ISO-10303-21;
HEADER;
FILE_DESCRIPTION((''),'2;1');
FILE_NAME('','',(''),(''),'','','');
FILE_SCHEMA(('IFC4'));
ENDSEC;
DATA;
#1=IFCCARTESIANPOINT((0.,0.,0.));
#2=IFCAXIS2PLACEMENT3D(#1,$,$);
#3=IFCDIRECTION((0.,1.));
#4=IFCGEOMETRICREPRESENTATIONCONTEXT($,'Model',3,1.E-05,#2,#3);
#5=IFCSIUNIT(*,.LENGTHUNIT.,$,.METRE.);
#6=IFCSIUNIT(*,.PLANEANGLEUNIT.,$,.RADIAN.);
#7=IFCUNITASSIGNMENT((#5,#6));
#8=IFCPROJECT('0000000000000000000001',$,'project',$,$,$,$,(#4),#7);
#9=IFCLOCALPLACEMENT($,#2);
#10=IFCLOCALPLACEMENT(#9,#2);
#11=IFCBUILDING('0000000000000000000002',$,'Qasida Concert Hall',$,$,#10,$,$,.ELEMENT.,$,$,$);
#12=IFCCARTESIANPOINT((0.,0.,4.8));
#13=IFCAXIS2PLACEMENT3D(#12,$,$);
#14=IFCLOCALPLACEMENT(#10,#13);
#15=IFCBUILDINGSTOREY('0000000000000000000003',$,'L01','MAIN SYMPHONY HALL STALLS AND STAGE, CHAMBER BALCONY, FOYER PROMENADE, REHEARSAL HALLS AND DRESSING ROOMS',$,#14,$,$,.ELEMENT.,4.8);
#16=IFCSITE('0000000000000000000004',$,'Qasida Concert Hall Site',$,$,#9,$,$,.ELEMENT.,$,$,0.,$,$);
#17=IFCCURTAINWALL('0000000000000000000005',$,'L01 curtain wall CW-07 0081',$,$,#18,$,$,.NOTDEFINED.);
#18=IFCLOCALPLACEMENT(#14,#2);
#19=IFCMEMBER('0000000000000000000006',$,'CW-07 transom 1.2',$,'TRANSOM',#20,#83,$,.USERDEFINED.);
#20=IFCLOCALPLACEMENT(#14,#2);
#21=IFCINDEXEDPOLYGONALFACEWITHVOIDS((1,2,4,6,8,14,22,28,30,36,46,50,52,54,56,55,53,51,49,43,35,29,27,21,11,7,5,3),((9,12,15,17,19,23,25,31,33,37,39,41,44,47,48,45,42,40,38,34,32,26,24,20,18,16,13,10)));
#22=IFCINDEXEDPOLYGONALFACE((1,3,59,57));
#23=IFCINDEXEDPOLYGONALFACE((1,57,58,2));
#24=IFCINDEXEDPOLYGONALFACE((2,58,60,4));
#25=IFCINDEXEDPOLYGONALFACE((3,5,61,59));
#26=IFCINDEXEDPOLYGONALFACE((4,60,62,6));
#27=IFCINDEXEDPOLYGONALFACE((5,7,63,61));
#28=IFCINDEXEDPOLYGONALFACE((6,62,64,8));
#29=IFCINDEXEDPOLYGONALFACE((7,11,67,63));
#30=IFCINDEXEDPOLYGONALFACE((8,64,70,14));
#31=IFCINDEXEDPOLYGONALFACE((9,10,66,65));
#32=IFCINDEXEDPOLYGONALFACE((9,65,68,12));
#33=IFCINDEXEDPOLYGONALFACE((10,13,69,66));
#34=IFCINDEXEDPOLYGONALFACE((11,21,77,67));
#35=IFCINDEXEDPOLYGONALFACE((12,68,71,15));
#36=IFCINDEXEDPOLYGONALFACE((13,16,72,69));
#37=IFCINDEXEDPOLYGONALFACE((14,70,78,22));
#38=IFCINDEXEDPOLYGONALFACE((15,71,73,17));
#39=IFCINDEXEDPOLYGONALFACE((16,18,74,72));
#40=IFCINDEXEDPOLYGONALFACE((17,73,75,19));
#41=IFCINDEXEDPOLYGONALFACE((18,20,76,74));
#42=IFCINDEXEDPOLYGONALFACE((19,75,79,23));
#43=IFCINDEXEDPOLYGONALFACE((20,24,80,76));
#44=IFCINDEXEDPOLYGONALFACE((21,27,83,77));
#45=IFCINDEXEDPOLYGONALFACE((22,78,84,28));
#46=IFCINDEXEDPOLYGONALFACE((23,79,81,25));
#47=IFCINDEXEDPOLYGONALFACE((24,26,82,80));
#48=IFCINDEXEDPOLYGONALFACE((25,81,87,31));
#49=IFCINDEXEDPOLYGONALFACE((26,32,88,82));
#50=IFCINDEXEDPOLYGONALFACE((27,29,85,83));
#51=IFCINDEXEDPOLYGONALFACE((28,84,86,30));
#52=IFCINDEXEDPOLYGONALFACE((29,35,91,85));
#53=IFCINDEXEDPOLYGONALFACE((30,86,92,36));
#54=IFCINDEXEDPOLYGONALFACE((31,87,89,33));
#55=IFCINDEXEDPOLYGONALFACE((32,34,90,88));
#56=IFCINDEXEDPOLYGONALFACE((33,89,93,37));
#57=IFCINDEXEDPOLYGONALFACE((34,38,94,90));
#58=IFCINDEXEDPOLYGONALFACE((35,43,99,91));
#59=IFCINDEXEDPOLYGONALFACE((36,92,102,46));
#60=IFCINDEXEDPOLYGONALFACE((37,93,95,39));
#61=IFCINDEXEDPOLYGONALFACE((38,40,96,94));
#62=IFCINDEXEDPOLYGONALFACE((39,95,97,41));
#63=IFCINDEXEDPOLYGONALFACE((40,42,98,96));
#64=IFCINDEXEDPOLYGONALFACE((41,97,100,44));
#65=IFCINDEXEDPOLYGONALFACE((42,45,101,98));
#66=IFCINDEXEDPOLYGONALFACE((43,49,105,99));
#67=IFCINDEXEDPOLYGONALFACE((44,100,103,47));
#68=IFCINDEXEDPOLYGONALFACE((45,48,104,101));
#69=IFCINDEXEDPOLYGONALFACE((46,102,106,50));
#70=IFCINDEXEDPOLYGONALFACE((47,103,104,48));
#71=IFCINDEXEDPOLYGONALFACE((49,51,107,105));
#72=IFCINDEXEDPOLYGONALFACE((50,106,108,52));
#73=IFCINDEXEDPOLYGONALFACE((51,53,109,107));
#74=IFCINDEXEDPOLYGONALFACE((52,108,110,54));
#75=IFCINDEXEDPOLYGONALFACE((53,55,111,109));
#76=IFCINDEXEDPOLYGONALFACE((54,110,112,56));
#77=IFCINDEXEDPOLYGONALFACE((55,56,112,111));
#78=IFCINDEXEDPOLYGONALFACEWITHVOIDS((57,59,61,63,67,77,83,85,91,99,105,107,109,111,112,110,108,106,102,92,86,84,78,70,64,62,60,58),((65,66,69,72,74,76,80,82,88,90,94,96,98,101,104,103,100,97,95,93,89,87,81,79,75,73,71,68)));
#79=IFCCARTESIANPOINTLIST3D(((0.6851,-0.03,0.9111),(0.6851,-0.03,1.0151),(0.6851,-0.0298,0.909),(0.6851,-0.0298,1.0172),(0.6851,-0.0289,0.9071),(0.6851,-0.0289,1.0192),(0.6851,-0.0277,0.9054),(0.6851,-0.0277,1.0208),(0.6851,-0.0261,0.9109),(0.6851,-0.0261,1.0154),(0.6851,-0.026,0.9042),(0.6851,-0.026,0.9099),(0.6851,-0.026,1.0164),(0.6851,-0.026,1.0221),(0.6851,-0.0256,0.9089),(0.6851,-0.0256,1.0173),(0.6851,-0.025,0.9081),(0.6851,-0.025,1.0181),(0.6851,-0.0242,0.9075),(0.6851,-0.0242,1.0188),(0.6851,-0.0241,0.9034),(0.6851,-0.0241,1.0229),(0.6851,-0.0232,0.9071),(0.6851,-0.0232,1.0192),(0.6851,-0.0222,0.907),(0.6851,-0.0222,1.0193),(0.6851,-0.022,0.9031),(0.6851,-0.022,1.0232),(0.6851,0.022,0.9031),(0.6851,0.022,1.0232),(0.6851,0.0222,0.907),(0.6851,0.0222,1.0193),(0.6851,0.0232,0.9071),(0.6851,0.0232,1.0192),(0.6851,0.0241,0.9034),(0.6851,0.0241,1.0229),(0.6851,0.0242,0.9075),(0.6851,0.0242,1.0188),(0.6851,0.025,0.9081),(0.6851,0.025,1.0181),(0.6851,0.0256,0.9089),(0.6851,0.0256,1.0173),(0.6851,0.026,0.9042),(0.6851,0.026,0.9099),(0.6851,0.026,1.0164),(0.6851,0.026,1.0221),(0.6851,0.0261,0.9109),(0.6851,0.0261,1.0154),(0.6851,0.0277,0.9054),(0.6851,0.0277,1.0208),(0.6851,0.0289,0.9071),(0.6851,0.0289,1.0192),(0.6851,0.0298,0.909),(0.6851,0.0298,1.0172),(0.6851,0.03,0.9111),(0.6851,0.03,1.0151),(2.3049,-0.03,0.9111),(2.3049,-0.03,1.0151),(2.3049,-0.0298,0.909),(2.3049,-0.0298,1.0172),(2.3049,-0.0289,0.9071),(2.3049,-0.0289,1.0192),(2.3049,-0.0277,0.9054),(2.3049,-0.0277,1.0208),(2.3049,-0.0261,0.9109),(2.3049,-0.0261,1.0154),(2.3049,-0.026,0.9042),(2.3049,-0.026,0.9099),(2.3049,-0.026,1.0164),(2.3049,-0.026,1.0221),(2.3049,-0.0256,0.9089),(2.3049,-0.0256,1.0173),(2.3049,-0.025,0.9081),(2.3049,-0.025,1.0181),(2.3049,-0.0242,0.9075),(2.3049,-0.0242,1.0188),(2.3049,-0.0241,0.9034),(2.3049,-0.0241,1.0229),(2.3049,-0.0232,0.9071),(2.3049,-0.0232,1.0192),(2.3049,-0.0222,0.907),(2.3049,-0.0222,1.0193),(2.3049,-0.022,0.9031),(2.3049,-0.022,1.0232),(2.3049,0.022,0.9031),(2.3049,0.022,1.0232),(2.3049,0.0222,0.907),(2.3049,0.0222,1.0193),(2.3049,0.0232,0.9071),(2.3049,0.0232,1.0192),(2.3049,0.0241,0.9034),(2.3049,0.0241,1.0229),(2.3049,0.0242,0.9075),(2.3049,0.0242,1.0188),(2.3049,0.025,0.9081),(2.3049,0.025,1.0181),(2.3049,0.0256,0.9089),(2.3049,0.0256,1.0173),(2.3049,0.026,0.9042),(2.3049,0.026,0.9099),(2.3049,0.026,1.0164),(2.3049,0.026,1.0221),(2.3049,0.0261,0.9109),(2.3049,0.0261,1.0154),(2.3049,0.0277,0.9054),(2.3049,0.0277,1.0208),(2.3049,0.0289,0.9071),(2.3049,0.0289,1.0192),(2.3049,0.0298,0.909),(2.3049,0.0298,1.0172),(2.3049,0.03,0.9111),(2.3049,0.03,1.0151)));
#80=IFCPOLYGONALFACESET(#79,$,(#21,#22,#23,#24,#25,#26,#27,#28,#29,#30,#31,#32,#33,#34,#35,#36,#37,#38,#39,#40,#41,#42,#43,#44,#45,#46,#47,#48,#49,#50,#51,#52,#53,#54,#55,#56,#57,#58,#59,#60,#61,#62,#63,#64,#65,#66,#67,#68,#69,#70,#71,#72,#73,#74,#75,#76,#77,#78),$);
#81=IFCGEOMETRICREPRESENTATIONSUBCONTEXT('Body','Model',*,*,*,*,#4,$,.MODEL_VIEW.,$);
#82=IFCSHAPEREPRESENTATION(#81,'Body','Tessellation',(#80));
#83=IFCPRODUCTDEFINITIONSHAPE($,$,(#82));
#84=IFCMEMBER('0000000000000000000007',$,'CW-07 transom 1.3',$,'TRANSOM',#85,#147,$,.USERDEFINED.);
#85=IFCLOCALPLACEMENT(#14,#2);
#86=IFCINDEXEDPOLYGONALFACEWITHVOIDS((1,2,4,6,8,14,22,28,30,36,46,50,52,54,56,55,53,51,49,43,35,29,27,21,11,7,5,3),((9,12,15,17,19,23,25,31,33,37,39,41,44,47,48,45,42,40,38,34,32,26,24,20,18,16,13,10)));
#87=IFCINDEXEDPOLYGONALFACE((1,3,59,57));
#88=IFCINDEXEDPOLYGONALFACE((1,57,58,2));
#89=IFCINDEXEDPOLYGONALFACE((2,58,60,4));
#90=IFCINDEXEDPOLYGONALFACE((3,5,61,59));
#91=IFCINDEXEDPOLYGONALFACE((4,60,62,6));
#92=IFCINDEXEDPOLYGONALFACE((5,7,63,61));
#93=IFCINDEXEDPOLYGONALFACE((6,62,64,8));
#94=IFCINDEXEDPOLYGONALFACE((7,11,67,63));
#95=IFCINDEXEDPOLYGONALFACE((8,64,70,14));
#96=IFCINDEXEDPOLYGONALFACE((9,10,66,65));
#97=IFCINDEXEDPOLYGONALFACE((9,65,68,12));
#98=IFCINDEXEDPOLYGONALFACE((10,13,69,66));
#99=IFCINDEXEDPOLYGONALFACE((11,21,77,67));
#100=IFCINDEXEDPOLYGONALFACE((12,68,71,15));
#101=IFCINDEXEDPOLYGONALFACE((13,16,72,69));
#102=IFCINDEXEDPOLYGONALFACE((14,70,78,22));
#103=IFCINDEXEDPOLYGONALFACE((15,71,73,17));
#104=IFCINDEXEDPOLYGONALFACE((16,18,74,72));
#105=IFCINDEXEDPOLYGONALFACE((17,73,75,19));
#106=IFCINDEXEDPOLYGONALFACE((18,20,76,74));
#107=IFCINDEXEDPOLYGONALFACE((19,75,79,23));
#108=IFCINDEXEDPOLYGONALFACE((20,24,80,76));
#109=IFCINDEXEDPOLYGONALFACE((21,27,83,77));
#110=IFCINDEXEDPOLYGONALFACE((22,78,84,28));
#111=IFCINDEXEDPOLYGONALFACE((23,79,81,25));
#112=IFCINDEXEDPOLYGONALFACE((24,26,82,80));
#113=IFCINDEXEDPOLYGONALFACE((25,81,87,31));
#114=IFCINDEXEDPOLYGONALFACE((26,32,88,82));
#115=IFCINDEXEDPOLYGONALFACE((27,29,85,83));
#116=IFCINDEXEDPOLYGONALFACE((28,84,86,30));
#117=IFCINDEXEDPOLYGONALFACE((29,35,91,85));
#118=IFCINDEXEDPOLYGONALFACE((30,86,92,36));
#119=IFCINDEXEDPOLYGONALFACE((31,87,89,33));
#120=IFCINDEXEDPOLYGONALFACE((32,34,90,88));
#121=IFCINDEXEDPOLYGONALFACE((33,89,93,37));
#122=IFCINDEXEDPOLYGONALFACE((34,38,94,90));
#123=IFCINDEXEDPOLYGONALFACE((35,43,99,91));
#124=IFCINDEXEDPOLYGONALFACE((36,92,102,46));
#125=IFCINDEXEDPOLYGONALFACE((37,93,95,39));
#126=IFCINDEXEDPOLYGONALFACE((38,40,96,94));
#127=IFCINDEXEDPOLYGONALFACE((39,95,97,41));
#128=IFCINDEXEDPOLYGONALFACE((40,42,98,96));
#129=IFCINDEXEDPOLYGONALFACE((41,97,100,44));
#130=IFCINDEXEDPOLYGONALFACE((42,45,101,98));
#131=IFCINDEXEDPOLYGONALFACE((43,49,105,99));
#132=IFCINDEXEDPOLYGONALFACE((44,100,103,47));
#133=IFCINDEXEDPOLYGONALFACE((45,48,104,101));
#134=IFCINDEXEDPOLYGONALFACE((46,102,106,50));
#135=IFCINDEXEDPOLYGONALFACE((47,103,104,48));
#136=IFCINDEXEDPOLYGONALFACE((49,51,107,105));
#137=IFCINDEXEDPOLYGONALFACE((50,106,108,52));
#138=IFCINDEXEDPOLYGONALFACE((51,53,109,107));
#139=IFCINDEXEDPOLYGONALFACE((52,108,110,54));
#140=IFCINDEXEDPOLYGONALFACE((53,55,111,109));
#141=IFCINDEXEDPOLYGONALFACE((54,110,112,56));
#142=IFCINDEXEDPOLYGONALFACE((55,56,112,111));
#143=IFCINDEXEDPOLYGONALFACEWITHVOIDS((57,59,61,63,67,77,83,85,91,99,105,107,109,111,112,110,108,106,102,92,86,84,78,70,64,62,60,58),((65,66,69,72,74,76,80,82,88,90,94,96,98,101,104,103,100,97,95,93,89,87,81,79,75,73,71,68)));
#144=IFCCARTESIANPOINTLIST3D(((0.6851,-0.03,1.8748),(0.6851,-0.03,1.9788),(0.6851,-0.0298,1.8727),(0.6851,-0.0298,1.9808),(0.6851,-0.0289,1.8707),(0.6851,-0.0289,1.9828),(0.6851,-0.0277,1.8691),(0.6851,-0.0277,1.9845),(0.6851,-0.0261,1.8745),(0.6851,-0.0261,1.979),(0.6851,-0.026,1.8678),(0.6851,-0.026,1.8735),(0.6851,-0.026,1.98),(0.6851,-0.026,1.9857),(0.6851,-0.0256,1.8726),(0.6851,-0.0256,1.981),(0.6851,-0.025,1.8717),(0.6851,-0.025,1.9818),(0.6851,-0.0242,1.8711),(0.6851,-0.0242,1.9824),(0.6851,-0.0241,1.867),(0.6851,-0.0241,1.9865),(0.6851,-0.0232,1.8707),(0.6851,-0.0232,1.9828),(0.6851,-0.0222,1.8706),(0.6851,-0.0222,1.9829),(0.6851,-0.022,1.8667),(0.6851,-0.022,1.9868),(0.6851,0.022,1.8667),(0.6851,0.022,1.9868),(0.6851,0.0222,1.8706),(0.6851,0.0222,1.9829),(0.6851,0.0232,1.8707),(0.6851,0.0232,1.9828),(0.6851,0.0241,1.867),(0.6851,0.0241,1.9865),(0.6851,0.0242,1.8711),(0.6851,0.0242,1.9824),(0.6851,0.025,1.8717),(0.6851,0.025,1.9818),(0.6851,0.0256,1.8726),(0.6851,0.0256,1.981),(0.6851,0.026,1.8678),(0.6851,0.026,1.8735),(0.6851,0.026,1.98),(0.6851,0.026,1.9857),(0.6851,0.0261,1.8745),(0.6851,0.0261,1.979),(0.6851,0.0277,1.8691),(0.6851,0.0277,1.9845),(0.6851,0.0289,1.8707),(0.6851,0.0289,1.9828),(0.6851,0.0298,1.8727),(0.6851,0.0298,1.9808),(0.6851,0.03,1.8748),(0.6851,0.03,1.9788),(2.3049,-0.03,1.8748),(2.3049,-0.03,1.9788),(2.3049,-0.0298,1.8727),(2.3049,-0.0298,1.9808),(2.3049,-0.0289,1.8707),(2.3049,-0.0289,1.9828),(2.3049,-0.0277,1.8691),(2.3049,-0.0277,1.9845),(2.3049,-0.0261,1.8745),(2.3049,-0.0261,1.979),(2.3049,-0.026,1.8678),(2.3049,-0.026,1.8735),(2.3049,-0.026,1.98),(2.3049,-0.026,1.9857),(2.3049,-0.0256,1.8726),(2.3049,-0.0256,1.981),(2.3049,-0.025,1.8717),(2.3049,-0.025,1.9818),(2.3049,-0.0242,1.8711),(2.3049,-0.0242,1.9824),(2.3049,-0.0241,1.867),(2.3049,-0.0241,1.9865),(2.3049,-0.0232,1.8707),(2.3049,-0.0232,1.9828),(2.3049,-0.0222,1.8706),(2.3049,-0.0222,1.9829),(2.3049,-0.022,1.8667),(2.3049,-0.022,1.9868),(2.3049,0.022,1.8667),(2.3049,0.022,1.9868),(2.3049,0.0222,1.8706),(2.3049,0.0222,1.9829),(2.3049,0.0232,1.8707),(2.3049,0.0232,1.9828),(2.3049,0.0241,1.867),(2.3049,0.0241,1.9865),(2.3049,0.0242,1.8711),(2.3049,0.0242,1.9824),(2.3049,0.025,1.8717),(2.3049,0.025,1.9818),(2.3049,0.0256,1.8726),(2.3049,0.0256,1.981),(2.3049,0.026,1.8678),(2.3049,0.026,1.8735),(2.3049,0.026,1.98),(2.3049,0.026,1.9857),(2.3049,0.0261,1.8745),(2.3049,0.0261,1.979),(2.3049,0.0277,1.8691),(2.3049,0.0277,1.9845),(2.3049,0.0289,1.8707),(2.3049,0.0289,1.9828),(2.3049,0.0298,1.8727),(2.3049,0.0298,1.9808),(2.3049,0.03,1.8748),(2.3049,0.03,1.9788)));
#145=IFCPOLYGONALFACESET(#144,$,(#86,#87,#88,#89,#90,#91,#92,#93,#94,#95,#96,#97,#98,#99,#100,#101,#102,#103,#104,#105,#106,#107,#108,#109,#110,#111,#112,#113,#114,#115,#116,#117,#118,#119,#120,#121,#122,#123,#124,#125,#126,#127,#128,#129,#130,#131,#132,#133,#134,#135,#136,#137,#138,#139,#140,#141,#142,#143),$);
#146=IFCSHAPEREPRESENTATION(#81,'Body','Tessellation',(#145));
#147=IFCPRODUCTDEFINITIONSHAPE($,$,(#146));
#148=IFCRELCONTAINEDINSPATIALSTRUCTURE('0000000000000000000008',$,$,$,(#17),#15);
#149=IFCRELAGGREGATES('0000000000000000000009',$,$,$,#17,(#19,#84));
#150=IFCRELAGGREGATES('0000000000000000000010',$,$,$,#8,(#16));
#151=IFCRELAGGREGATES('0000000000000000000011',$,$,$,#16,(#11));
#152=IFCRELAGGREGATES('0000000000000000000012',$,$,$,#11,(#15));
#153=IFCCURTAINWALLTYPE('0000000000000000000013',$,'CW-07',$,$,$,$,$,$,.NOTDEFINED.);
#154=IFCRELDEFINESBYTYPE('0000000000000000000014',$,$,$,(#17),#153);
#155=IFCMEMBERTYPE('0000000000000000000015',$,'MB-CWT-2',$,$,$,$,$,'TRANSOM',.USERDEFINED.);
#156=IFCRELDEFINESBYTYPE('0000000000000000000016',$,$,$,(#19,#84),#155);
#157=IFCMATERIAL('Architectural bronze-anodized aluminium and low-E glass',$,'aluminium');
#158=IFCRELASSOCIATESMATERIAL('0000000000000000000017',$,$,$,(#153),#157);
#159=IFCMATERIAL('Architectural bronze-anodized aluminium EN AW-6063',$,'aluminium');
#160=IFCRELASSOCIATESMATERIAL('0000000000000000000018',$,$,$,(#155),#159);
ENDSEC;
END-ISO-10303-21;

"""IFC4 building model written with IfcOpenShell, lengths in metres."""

from ifc_helpers import new_model, si_unit, direction, frame, origin, origin_2d, place, context, subcontext, project, spatial, hollow_rectangle, extrude, material, material_profile, profile_set, type_object, element, aggregate, save


model = new_model("IFC4")

# Units and contexts
model_context = context("Model", 3, precision=1e-05, world=origin(), true_north=direction((0.0, 1.0)))
body_context = subcontext(model_context, "Body", "Model", "MODEL_VIEW")
ifc_project = project(units=[si_unit("LENGTHUNIT", "METRE"), si_unit("PLANEANGLEUNIT", "RADIAN")], contexts=[model_context])

# Site, building, storey
site_placement = place(None, origin())
site = spatial("IfcSite", under=ifc_project, at=site_placement, Name="Qasida Concert Hall Site", CompositionType="ELEMENT", RefElevation=0.0)
building_placement = place(site_placement, origin())
building = spatial("IfcBuilding", under=site, at=building_placement, Name="Qasida Concert Hall", CompositionType="ELEMENT")
storey_placement = place(building_placement, frame((0.0, 0.0, 4.8)))
storey = spatial("IfcBuildingStorey", under=building, at=storey_placement, Name="L01", Description="MAIN SYMPHONY HALL STALLS AND STAGE, CHAMBER BALCONY, FOYER PROMENADE, REHEARSAL HALLS AND DRESSING ROOMS", CompositionType="ELEMENT", Elevation=4.8)

# Curtain wall, members
ifc_material_1 = material(Name="Architectural bronze-anodized aluminium and low-E glass", Category="aluminium")
curtain_wall_type = type_object("IfcCurtainWallType", Name="CW-07", PredefinedType="NOTDEFINED", material=ifc_material_1)
curtain_wall_placement = place(storey_placement, origin())
curtain_wall = element("IfcCurtainWall", 1, at=curtain_wall_placement, inside=storey, type_object=curtain_wall_type, Name="L01 curtain wall CW-07 0081", PredefinedType="NOTDEFINED")
ifc_material_2 = material(Name="Architectural bronze-anodized aluminium EN AW-6063", Category="aluminium")
ifc_material_profile_1 = material_profile(ifc_material_2, hollow_rectangle(XDim=0.0601, YDim=0.1201, WallThickness=0.0039, InnerFilletRadius=0.0039, OuterFilletRadius=0.0081, at=origin_2d()), Name="CWT 120x60x4")
ifc_profile_set_1 = profile_set([ifc_material_profile_1], Name="Architectural bronze-anodized aluminium EN AW-6063")
member_type_1 = type_object("IfcMemberType", Name="MB-CWT-2", ElementType="TRANSOM", PredefinedType="USERDEFINED", material=ifc_profile_set_1)
member_1_placement = place(storey_placement, frame((0.6851, 0.0, 0.9631), z_axis=(1.0, 0.0, 0.0), x_axis=(0.0, 1.0, 0.0)))
member_1 = element("IfcMember", 2, at=member_1_placement, type_object=member_type_1, Name="CW-07 transom 1.2", ObjectType="TRANSOM", PredefinedType="USERDEFINED", context=body_context, shape_type="SweptSolid", body=[
    extrude(hollow_rectangle(XDim=0.0601, YDim=0.1201, WallThickness=0.0039, InnerFilletRadius=0.0039, OuterFilletRadius=0.0081, at=origin_2d()), origin(), (0.0, 0.0, 1.0), 1.6199),
])
member_2_placement = place(storey_placement, frame((0.6851, 0.0, 1.9268), z_axis=(1.0, 0.0, 0.0), x_axis=(0.0, 1.0, 0.0)))
member_2 = element("IfcMember", 3, at=member_2_placement, type_object=member_type_1, Name="CW-07 transom 1.3", ObjectType="TRANSOM", PredefinedType="USERDEFINED", context=body_context, shape_type="SweptSolid", body=[
    extrude(hollow_rectangle(XDim=0.0601, YDim=0.1201, WallThickness=0.0039, InnerFilletRadius=0.0039, OuterFilletRadius=0.0081, at=origin_2d()), origin(), (0.0, 0.0, 1.0), 1.6199),
])
aggregate(curtain_wall, [member_1, member_2])

save(model, "model.ifc")
